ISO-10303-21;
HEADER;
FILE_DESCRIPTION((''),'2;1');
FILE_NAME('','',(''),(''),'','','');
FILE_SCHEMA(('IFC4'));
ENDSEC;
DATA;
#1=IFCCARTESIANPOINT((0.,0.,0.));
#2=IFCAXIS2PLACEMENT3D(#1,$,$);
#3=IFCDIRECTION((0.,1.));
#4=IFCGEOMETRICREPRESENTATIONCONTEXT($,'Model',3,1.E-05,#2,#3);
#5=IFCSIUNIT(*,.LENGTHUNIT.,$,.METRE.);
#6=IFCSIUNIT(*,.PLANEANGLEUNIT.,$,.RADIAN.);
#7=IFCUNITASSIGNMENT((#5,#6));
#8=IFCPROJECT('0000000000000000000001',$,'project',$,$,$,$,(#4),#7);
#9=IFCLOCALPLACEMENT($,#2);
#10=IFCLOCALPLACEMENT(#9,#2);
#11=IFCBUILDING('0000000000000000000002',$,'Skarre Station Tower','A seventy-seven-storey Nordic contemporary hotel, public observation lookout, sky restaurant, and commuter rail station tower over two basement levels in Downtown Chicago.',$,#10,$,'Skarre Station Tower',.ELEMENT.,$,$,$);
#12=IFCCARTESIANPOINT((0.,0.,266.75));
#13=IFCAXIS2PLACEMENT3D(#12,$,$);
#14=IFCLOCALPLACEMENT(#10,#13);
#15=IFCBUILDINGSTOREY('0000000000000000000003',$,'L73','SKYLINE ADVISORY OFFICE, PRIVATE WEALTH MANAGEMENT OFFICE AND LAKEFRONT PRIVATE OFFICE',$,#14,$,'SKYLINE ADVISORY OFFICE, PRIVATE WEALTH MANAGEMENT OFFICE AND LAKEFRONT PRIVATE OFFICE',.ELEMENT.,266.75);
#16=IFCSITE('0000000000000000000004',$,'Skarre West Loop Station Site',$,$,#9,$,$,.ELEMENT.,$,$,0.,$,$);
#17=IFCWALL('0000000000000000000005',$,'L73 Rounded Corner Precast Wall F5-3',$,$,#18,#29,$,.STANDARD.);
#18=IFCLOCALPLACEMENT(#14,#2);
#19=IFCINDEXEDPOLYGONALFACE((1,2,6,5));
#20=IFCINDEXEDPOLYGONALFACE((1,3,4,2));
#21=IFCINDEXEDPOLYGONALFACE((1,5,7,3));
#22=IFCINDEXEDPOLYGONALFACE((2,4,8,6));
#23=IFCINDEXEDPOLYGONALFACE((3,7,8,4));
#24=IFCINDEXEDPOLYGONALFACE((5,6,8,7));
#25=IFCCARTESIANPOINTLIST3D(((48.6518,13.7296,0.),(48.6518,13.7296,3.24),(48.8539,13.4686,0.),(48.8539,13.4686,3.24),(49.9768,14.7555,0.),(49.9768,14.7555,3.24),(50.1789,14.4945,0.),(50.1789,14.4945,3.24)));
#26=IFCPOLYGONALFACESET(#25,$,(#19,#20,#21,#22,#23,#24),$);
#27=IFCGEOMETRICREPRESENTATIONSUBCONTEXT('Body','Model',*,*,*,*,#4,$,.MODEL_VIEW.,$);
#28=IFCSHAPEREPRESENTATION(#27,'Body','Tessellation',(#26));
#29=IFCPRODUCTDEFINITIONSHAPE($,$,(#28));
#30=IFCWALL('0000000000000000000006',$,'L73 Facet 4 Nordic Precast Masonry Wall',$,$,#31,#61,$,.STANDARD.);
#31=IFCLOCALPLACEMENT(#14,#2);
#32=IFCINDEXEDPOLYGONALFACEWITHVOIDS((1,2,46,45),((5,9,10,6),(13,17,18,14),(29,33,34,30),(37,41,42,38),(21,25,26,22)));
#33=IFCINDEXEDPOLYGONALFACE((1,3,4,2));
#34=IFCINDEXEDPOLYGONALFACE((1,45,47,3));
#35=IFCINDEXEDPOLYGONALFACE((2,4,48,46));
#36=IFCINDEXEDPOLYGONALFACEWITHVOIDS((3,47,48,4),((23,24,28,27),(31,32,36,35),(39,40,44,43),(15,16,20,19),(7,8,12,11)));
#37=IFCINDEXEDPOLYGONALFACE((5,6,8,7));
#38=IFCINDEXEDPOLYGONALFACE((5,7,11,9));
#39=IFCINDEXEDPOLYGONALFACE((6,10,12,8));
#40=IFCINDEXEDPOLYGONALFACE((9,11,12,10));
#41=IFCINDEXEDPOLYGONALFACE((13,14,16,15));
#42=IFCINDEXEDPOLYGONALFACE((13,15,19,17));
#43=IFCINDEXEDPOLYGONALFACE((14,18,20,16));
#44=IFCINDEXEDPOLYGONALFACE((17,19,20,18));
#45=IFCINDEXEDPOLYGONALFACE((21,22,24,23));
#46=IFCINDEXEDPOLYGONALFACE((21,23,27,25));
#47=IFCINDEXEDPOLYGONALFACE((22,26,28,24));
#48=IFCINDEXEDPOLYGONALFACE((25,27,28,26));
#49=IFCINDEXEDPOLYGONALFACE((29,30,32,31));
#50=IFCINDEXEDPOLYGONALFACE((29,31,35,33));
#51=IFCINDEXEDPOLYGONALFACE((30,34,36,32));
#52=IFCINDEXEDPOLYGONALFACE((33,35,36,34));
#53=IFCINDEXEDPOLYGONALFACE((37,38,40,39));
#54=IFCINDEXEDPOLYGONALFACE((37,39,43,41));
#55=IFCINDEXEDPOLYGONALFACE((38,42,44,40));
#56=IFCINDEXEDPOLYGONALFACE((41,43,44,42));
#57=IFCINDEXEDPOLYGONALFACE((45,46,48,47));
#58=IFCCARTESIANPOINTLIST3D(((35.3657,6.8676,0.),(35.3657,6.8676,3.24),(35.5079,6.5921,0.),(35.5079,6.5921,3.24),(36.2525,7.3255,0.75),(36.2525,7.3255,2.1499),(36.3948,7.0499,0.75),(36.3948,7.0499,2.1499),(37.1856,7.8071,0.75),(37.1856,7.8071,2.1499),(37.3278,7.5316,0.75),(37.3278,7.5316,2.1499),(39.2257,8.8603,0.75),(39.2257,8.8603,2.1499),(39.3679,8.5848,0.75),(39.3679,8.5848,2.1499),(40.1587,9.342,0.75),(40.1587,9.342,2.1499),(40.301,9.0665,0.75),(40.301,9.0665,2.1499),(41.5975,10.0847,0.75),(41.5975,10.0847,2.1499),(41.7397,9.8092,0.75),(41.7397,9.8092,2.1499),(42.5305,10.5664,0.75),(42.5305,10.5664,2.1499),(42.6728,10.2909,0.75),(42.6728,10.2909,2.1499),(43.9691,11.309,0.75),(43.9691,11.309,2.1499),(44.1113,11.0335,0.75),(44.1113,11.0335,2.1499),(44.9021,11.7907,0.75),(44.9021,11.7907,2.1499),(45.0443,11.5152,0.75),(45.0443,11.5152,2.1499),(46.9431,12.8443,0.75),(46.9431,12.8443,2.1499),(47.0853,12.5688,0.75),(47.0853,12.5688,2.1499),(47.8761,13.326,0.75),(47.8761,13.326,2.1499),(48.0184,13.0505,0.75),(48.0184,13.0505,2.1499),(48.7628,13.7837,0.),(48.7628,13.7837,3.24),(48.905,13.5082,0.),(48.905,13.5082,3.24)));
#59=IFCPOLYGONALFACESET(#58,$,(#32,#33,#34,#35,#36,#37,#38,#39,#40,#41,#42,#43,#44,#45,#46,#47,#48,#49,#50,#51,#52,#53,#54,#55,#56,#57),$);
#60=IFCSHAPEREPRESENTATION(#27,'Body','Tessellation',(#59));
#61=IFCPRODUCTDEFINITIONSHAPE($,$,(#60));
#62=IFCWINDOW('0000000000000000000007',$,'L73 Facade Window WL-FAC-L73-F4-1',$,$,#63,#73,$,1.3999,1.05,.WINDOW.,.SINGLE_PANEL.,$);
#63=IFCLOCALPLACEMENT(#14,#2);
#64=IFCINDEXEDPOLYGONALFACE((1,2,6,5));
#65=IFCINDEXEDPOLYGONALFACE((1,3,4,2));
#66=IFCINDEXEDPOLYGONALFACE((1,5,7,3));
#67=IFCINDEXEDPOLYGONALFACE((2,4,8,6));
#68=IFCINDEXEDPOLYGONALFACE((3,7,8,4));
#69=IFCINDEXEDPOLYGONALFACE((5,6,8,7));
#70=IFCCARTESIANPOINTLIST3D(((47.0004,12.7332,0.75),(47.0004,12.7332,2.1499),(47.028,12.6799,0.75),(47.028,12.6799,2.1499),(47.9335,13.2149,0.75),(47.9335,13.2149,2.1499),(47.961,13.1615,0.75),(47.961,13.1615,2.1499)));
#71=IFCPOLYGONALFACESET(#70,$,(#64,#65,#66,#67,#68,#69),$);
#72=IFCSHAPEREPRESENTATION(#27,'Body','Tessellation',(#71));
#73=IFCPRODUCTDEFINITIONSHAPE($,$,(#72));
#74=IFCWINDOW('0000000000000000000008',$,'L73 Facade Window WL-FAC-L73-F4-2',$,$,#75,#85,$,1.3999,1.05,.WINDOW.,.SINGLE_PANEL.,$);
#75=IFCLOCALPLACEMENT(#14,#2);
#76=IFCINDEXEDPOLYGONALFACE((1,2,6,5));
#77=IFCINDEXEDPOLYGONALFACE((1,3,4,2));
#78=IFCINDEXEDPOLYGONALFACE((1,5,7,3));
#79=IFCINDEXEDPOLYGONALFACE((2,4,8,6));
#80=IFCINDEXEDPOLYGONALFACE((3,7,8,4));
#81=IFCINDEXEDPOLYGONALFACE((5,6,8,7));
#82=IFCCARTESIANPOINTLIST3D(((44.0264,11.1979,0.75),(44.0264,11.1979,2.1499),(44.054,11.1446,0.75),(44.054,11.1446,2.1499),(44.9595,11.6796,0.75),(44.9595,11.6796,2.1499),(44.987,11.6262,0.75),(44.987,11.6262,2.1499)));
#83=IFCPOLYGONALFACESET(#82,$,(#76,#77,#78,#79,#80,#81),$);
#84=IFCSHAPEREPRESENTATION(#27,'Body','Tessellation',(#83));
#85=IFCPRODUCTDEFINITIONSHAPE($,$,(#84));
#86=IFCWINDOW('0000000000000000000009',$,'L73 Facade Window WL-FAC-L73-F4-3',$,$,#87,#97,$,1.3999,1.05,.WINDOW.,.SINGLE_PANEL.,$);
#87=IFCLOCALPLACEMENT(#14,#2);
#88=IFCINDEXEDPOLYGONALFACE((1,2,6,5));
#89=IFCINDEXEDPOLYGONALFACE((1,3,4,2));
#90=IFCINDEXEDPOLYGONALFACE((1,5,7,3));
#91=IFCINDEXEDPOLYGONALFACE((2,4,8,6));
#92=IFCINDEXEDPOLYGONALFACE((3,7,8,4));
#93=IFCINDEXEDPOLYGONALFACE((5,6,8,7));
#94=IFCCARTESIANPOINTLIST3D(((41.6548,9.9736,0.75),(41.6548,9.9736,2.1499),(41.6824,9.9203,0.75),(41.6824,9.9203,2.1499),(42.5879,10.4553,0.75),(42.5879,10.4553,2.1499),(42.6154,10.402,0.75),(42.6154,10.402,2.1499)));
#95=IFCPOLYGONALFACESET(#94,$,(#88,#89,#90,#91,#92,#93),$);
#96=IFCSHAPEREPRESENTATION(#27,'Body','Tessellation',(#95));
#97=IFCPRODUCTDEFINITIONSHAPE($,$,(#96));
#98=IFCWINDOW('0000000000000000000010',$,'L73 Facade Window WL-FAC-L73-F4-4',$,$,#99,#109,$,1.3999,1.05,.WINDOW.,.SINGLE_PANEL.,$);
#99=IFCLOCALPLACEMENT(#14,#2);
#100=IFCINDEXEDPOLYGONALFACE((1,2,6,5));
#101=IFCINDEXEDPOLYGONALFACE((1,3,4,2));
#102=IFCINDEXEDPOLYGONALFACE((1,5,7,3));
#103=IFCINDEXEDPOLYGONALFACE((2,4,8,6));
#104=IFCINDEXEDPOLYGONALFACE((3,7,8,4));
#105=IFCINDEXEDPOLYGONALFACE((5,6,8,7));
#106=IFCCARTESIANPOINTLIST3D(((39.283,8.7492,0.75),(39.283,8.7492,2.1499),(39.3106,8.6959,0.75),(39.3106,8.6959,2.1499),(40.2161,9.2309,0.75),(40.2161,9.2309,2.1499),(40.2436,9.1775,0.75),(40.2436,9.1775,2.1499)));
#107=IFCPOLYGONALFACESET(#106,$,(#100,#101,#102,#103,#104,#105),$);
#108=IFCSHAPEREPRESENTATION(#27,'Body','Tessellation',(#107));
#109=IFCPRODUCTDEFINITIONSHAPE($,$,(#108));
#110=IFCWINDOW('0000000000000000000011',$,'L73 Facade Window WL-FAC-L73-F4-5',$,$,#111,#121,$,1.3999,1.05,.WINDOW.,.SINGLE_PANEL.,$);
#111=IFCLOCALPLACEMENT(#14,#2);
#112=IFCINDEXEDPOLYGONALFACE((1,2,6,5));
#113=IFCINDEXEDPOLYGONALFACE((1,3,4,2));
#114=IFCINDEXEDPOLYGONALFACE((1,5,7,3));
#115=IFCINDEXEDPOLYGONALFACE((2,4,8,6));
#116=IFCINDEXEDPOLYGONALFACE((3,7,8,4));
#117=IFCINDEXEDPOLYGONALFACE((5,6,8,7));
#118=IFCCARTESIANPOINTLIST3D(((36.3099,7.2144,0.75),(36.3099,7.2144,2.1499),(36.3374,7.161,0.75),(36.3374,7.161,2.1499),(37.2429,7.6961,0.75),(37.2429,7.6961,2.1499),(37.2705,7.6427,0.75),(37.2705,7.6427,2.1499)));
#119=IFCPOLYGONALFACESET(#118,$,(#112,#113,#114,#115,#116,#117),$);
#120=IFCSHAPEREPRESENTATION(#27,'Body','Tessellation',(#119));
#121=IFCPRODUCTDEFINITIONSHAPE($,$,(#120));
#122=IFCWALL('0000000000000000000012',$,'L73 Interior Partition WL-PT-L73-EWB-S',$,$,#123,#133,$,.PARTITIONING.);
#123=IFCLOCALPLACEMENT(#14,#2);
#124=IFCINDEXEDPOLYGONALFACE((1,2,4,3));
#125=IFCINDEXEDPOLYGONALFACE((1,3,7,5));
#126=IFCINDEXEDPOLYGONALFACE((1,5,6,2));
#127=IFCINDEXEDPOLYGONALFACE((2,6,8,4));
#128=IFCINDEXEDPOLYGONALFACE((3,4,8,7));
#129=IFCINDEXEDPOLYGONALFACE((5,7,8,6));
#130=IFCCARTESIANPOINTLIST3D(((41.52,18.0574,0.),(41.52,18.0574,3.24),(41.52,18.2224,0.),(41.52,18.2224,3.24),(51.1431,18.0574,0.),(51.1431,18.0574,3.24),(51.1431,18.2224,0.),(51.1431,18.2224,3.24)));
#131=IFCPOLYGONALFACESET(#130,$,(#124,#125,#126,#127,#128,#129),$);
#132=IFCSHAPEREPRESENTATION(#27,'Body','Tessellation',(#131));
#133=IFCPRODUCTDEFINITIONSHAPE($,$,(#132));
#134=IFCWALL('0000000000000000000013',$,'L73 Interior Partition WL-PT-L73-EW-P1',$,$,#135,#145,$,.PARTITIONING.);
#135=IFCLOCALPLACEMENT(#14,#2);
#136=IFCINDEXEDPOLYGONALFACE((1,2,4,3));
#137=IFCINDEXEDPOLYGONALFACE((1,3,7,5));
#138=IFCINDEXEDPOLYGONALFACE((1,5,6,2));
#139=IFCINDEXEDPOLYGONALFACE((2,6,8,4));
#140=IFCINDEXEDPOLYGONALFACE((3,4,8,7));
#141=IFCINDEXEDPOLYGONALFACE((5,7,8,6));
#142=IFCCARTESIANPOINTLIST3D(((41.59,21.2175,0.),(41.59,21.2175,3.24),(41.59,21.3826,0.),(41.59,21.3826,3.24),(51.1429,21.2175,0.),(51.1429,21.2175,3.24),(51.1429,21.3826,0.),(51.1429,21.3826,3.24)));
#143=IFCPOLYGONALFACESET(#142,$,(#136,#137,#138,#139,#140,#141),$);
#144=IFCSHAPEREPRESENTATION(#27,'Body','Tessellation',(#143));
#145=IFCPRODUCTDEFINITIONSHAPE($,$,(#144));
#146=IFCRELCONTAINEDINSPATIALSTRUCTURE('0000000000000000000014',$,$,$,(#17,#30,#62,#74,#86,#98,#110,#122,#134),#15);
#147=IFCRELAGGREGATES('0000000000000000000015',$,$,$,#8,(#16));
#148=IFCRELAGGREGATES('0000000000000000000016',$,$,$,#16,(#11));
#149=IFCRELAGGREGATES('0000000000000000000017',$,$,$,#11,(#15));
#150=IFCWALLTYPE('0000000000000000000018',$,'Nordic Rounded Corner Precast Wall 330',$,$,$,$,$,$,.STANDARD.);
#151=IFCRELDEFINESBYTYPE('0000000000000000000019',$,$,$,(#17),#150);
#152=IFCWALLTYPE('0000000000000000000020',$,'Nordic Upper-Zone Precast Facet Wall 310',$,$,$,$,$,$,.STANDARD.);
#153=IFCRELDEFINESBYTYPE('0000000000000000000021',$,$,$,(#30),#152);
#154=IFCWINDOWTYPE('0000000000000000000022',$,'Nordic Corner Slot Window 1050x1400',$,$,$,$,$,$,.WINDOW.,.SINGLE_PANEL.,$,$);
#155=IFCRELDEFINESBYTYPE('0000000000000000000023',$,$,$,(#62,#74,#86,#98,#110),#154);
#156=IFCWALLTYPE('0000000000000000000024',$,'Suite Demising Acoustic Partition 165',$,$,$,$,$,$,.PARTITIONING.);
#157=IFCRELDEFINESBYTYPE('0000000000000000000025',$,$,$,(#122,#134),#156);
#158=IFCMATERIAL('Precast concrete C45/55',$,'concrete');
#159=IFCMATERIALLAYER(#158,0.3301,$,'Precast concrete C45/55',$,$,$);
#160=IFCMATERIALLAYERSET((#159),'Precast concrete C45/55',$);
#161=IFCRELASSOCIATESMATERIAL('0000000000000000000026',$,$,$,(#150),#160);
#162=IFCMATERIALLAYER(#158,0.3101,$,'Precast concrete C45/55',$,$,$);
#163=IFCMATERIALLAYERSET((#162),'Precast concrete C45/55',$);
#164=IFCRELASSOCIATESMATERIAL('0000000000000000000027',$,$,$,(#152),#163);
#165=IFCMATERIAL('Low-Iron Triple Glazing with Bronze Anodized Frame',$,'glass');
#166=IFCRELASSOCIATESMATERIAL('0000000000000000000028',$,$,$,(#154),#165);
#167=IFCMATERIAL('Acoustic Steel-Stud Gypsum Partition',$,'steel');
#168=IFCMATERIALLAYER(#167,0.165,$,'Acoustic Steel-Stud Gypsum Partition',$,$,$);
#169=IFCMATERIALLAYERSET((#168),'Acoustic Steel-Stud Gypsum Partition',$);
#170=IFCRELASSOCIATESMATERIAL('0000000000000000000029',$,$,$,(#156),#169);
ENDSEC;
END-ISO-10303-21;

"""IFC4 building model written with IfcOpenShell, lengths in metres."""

from ifc_helpers import new_model, si_unit, direction, frame, frame_2d, origin, place, context, subcontext, project, spatial, rectangle, extrude, material, layer, layer_set, type_object, element, fill, save


model = new_model("IFC4")

# Units and contexts
model_context = context("Model", 3, precision=1e-05, world=origin(), true_north=direction((0.0, 1.0)))
body_context = subcontext(model_context, "Body", "Model", "MODEL_VIEW")
ifc_project = project(units=[si_unit("LENGTHUNIT", "METRE"), si_unit("PLANEANGLEUNIT", "RADIAN")], contexts=[model_context])

# Site, building, storey
site_placement = place(None, origin())
site = spatial("IfcSite", under=ifc_project, at=site_placement, Name="Skarre West Loop Station Site", CompositionType="ELEMENT", RefElevation=0.0)
building_placement = place(site_placement, origin())
building = spatial("IfcBuilding", under=site, at=building_placement, Name="Skarre Station Tower", Description="A seventy-seven-storey Nordic contemporary hotel, public observation lookout, sky restaurant, and commuter rail station tower over two basement levels in Downtown Chicago.", LongName="Skarre Station Tower", CompositionType="ELEMENT")
storey_placement = place(building_placement, frame((0.0, 0.0, 266.75)))
storey = spatial("IfcBuildingStorey", under=building, at=storey_placement, Name="L73", Description="SKYLINE ADVISORY OFFICE, PRIVATE WEALTH MANAGEMENT OFFICE AND LAKEFRONT PRIVATE OFFICE", LongName="SKYLINE ADVISORY OFFICE, PRIVATE WEALTH MANAGEMENT OFFICE AND LAKEFRONT PRIVATE OFFICE", CompositionType="ELEMENT", Elevation=266.75)

# Shared definitions
ifc_material_1 = material(Name="Acoustic Steel-Stud Gypsum Partition", Category="steel")

# Wall
ifc_material_2 = material(Name="Precast concrete C45/55", Category="concrete")
ifc_layer_1 = layer(ifc_material_2, 0.3301, Name="Precast concrete C45/55")
ifc_layer_set_1 = layer_set([ifc_layer_1], Name="Precast concrete C45/55")
wall_type_1 = type_object("IfcWallType", Name="Nordic Rounded Corner Precast Wall 330", PredefinedType="STANDARD", material=ifc_layer_set_1)
wall_1_placement = place(storey_placement, frame((50.0779, 14.625, 0.0), z_axis=(0.0, 0.0, 1.0), x_axis=(-0.790692, -0.612214, 0.0)))
element("IfcWall", 1, at=wall_1_placement, inside=storey, type_object=wall_type_1, Name="L73 Rounded Corner Precast Wall F5-3", PredefinedType="STANDARD", context=body_context, shape_type="SweptSolid", body=[
    extrude(rectangle(XDim=1.6758, YDim=0.3301, at=frame_2d((0.8379, 0.0))), origin(), (0.0, 0.0, 1.0), 3.24),
])

# Wall, openings, windows
ifc_layer_2 = layer(ifc_material_2, 0.3101, Name="Precast concrete C45/55")
ifc_layer_set_2 = layer_set([ifc_layer_2], Name="Precast concrete C45/55")
wall_type_2 = type_object("IfcWallType", Name="Nordic Upper-Zone Precast Facet Wall 310", PredefinedType="STANDARD", material=ifc_layer_set_2)
wall_2_placement = place(storey_placement, frame((48.834, 13.646, 0.0), z_axis=(0.0, 0.0, 1.0), x_axis=(-0.888581, -0.458719, 0.0)))
wall_2 = element("IfcWall", 2, at=wall_2_placement, inside=storey, type_object=wall_type_2, Name="L73 Facet 4 Nordic Precast Masonry Wall", PredefinedType="STANDARD", context=body_context, shape_type="SweptSolid", body=[
    extrude(rectangle(XDim=15.0769, YDim=0.3101, at=frame_2d((7.5386, 0.0))), origin(), (0.0, 0.0, 1.0), 3.24),
])
opening_1_placement = place(wall_2_placement, frame((0.998, 0.0, 0.75)))
opening_1 = element("IfcOpeningElement", 3, at=opening_1_placement, cuts=wall_2, PredefinedType="OPENING", context=body_context, shape_type="SweptSolid", body=[
    extrude(rectangle(XDim=1.05, YDim=1.3999, at=frame_2d((0.5249, 0.7))), frame((0.0, 0.165, 0.0), z_axis=(0.0, -1.0, 0.0), x_axis=(1.0, 0.0, 0.0)), (0.0, 0.0, 1.0), 0.3301),
])
opening_2_placement = place(wall_2_placement, frame((4.345, 0.0, 0.75)))
opening_2 = element("IfcOpeningElement", 4, at=opening_2_placement, cuts=wall_2, PredefinedType="OPENING", context=body_context, shape_type="SweptSolid", body=[
    extrude(rectangle(XDim=1.05, YDim=1.3999, at=frame_2d((0.5249, 0.7))), frame((0.0, 0.165, 0.0), z_axis=(0.0, -1.0, 0.0), x_axis=(1.0, 0.0, 0.0)), (0.0, 0.0, 1.0), 0.3301),
])
opening_3_placement = place(wall_2_placement, frame((7.0139, 0.0, 0.75)))
opening_3 = element("IfcOpeningElement", 5, at=opening_3_placement, cuts=wall_2, PredefinedType="OPENING", context=body_context, shape_type="SweptSolid", body=[
    extrude(rectangle(XDim=1.05, YDim=1.3999, at=frame_2d((0.5249, 0.7))), frame((0.0, 0.165, 0.0), z_axis=(0.0, -1.0, 0.0), x_axis=(1.0, 0.0, 0.0)), (0.0, 0.0, 1.0), 0.3301),
])
opening_4_placement = place(wall_2_placement, frame((9.6831, 0.0, 0.75)))
opening_4 = element("IfcOpeningElement", 6, at=opening_4_placement, cuts=wall_2, PredefinedType="OPENING", context=body_context, shape_type="SweptSolid", body=[
    extrude(rectangle(XDim=1.05, YDim=1.3999, at=frame_2d((0.5249, 0.7))), frame((0.0, 0.165, 0.0), z_axis=(0.0, -1.0, 0.0), x_axis=(1.0, 0.0, 0.0)), (0.0, 0.0, 1.0), 0.3301),
])
opening_5_placement = place(wall_2_placement, frame((13.0291, 0.0, 0.75)))
opening_5 = element("IfcOpeningElement", 7, at=opening_5_placement, cuts=wall_2, PredefinedType="OPENING", context=body_context, shape_type="SweptSolid", body=[
    extrude(rectangle(XDim=1.05, YDim=1.3999, at=frame_2d((0.5249, 0.7))), frame((0.0, 0.165, 0.0), z_axis=(0.0, -1.0, 0.0), x_axis=(1.0, 0.0, 0.0)), (0.0, 0.0, 1.0), 0.3301),
])
ifc_material_3 = material(Name="Low-Iron Triple Glazing with Bronze Anodized Frame", Category="glass")
window_type = type_object("IfcWindowType", Name="Nordic Corner Slot Window 1050x1400", PartitioningType="SINGLE_PANEL", PredefinedType="WINDOW", material=ifc_material_3)
window_1_placement = place(opening_1_placement, origin())
window_1 = element("IfcWindow", 8, at=window_1_placement, inside=storey, type_object=window_type, Name="L73 Facade Window WL-FAC-L73-F4-1", OverallHeight=1.3999, OverallWidth=1.05, PartitioningType="SINGLE_PANEL", PredefinedType="WINDOW", context=body_context, shape_type="SweptSolid", body=[
    extrude(rectangle(XDim=1.05, YDim=1.3999, at=frame_2d((0.5249, 0.7))), frame((0.0, 0.03, 0.0), z_axis=(0.0, -1.0, 0.0), x_axis=(1.0, 0.0, 0.0)), (0.0, 0.0, 1.0), 0.0601),
])
fill(opening_1, window_1)
window_2_placement = place(opening_2_placement, origin())
window_2 = element("IfcWindow", 9, at=window_2_placement, inside=storey, type_object=window_type, Name="L73 Facade Window WL-FAC-L73-F4-2", OverallHeight=1.3999, OverallWidth=1.05, PartitioningType="SINGLE_PANEL", PredefinedType="WINDOW", context=body_context, shape_type="SweptSolid", body=[
    extrude(rectangle(XDim=1.05, YDim=1.3999, at=frame_2d((0.5249, 0.7))), frame((0.0, 0.03, 0.0), z_axis=(0.0, -1.0, 0.0), x_axis=(1.0, 0.0, 0.0)), (0.0, 0.0, 1.0), 0.0601),
])
fill(opening_2, window_2)
window_3_placement = place(opening_3_placement, origin())
window_3 = element("IfcWindow", 10, at=window_3_placement, inside=storey, type_object=window_type, Name="L73 Facade Window WL-FAC-L73-F4-3", OverallHeight=1.3999, OverallWidth=1.05, PartitioningType="SINGLE_PANEL", PredefinedType="WINDOW", context=body_context, shape_type="SweptSolid", body=[
    extrude(rectangle(XDim=1.05, YDim=1.3999, at=frame_2d((0.5249, 0.7))), frame((0.0, 0.03, 0.0), z_axis=(0.0, -1.0, 0.0), x_axis=(1.0, 0.0, 0.0)), (0.0, 0.0, 1.0), 0.0601),
])
fill(opening_3, window_3)
window_4_placement = place(opening_4_placement, origin())
window_4 = element("IfcWindow", 11, at=window_4_placement, inside=storey, type_object=window_type, Name="L73 Facade Window WL-FAC-L73-F4-4", OverallHeight=1.3999, OverallWidth=1.05, PartitioningType="SINGLE_PANEL", PredefinedType="WINDOW", context=body_context, shape_type="SweptSolid", body=[
    extrude(rectangle(XDim=1.05, YDim=1.3999, at=frame_2d((0.5249, 0.7))), frame((0.0, 0.03, 0.0), z_axis=(0.0, -1.0, 0.0), x_axis=(1.0, 0.0, 0.0)), (0.0, 0.0, 1.0), 0.0601),
])
fill(opening_4, window_4)
window_5_placement = place(opening_5_placement, origin())
window_5 = element("IfcWindow", 12, at=window_5_placement, inside=storey, type_object=window_type, Name="L73 Facade Window WL-FAC-L73-F4-5", OverallHeight=1.3999, OverallWidth=1.05, PartitioningType="SINGLE_PANEL", PredefinedType="WINDOW", context=body_context, shape_type="SweptSolid", body=[
    extrude(rectangle(XDim=1.05, YDim=1.3999, at=frame_2d((0.5249, 0.7))), frame((0.0, 0.03, 0.0), z_axis=(0.0, -1.0, 0.0), x_axis=(1.0, 0.0, 0.0)), (0.0, 0.0, 1.0), 0.0601),
])
fill(opening_5, window_5)

# Walls
ifc_layer_3 = layer(ifc_material_1, 0.165, Name="Acoustic Steel-Stud Gypsum Partition")
ifc_layer_set_3 = layer_set([ifc_layer_3], Name="Acoustic Steel-Stud Gypsum Partition")
wall_type_3 = type_object("IfcWallType", Name="Suite Demising Acoustic Partition 165", PredefinedType="PARTITIONING", material=ifc_layer_set_3)
wall_3_placement = place(storey_placement, frame((41.52, 18.1399, 0.0), z_axis=(0.0, 0.0, 1.0), x_axis=(1.0, 0.0, 0.0)))
element("IfcWall", 13, at=wall_3_placement, inside=storey, type_object=wall_type_3, Name="L73 Interior Partition WL-PT-L73-EWB-S", PredefinedType="PARTITIONING", context=body_context, shape_type="SweptSolid", body=[
    extrude(rectangle(XDim=9.623, YDim=0.165, at=frame_2d((4.8115, 0.0))), origin(), (0.0, 0.0, 1.0), 3.24),
])
wall_4_placement = place(storey_placement, frame((41.5901, 21.3, 0.0), z_axis=(0.0, 0.0, 1.0), x_axis=(1.0, 0.0, 0.0)))
element("IfcWall", 14, at=wall_4_placement, inside=storey, type_object=wall_type_3, Name="L73 Interior Partition WL-PT-L73-EW-P1", PredefinedType="PARTITIONING", context=body_context, shape_type="SweptSolid", body=[
    extrude(rectangle(XDim=9.553, YDim=0.165, at=frame_2d((4.7764, 0.0))), origin(), (0.0, 0.0, 1.0), 3.24),
])

save(model, "model.ifc")
